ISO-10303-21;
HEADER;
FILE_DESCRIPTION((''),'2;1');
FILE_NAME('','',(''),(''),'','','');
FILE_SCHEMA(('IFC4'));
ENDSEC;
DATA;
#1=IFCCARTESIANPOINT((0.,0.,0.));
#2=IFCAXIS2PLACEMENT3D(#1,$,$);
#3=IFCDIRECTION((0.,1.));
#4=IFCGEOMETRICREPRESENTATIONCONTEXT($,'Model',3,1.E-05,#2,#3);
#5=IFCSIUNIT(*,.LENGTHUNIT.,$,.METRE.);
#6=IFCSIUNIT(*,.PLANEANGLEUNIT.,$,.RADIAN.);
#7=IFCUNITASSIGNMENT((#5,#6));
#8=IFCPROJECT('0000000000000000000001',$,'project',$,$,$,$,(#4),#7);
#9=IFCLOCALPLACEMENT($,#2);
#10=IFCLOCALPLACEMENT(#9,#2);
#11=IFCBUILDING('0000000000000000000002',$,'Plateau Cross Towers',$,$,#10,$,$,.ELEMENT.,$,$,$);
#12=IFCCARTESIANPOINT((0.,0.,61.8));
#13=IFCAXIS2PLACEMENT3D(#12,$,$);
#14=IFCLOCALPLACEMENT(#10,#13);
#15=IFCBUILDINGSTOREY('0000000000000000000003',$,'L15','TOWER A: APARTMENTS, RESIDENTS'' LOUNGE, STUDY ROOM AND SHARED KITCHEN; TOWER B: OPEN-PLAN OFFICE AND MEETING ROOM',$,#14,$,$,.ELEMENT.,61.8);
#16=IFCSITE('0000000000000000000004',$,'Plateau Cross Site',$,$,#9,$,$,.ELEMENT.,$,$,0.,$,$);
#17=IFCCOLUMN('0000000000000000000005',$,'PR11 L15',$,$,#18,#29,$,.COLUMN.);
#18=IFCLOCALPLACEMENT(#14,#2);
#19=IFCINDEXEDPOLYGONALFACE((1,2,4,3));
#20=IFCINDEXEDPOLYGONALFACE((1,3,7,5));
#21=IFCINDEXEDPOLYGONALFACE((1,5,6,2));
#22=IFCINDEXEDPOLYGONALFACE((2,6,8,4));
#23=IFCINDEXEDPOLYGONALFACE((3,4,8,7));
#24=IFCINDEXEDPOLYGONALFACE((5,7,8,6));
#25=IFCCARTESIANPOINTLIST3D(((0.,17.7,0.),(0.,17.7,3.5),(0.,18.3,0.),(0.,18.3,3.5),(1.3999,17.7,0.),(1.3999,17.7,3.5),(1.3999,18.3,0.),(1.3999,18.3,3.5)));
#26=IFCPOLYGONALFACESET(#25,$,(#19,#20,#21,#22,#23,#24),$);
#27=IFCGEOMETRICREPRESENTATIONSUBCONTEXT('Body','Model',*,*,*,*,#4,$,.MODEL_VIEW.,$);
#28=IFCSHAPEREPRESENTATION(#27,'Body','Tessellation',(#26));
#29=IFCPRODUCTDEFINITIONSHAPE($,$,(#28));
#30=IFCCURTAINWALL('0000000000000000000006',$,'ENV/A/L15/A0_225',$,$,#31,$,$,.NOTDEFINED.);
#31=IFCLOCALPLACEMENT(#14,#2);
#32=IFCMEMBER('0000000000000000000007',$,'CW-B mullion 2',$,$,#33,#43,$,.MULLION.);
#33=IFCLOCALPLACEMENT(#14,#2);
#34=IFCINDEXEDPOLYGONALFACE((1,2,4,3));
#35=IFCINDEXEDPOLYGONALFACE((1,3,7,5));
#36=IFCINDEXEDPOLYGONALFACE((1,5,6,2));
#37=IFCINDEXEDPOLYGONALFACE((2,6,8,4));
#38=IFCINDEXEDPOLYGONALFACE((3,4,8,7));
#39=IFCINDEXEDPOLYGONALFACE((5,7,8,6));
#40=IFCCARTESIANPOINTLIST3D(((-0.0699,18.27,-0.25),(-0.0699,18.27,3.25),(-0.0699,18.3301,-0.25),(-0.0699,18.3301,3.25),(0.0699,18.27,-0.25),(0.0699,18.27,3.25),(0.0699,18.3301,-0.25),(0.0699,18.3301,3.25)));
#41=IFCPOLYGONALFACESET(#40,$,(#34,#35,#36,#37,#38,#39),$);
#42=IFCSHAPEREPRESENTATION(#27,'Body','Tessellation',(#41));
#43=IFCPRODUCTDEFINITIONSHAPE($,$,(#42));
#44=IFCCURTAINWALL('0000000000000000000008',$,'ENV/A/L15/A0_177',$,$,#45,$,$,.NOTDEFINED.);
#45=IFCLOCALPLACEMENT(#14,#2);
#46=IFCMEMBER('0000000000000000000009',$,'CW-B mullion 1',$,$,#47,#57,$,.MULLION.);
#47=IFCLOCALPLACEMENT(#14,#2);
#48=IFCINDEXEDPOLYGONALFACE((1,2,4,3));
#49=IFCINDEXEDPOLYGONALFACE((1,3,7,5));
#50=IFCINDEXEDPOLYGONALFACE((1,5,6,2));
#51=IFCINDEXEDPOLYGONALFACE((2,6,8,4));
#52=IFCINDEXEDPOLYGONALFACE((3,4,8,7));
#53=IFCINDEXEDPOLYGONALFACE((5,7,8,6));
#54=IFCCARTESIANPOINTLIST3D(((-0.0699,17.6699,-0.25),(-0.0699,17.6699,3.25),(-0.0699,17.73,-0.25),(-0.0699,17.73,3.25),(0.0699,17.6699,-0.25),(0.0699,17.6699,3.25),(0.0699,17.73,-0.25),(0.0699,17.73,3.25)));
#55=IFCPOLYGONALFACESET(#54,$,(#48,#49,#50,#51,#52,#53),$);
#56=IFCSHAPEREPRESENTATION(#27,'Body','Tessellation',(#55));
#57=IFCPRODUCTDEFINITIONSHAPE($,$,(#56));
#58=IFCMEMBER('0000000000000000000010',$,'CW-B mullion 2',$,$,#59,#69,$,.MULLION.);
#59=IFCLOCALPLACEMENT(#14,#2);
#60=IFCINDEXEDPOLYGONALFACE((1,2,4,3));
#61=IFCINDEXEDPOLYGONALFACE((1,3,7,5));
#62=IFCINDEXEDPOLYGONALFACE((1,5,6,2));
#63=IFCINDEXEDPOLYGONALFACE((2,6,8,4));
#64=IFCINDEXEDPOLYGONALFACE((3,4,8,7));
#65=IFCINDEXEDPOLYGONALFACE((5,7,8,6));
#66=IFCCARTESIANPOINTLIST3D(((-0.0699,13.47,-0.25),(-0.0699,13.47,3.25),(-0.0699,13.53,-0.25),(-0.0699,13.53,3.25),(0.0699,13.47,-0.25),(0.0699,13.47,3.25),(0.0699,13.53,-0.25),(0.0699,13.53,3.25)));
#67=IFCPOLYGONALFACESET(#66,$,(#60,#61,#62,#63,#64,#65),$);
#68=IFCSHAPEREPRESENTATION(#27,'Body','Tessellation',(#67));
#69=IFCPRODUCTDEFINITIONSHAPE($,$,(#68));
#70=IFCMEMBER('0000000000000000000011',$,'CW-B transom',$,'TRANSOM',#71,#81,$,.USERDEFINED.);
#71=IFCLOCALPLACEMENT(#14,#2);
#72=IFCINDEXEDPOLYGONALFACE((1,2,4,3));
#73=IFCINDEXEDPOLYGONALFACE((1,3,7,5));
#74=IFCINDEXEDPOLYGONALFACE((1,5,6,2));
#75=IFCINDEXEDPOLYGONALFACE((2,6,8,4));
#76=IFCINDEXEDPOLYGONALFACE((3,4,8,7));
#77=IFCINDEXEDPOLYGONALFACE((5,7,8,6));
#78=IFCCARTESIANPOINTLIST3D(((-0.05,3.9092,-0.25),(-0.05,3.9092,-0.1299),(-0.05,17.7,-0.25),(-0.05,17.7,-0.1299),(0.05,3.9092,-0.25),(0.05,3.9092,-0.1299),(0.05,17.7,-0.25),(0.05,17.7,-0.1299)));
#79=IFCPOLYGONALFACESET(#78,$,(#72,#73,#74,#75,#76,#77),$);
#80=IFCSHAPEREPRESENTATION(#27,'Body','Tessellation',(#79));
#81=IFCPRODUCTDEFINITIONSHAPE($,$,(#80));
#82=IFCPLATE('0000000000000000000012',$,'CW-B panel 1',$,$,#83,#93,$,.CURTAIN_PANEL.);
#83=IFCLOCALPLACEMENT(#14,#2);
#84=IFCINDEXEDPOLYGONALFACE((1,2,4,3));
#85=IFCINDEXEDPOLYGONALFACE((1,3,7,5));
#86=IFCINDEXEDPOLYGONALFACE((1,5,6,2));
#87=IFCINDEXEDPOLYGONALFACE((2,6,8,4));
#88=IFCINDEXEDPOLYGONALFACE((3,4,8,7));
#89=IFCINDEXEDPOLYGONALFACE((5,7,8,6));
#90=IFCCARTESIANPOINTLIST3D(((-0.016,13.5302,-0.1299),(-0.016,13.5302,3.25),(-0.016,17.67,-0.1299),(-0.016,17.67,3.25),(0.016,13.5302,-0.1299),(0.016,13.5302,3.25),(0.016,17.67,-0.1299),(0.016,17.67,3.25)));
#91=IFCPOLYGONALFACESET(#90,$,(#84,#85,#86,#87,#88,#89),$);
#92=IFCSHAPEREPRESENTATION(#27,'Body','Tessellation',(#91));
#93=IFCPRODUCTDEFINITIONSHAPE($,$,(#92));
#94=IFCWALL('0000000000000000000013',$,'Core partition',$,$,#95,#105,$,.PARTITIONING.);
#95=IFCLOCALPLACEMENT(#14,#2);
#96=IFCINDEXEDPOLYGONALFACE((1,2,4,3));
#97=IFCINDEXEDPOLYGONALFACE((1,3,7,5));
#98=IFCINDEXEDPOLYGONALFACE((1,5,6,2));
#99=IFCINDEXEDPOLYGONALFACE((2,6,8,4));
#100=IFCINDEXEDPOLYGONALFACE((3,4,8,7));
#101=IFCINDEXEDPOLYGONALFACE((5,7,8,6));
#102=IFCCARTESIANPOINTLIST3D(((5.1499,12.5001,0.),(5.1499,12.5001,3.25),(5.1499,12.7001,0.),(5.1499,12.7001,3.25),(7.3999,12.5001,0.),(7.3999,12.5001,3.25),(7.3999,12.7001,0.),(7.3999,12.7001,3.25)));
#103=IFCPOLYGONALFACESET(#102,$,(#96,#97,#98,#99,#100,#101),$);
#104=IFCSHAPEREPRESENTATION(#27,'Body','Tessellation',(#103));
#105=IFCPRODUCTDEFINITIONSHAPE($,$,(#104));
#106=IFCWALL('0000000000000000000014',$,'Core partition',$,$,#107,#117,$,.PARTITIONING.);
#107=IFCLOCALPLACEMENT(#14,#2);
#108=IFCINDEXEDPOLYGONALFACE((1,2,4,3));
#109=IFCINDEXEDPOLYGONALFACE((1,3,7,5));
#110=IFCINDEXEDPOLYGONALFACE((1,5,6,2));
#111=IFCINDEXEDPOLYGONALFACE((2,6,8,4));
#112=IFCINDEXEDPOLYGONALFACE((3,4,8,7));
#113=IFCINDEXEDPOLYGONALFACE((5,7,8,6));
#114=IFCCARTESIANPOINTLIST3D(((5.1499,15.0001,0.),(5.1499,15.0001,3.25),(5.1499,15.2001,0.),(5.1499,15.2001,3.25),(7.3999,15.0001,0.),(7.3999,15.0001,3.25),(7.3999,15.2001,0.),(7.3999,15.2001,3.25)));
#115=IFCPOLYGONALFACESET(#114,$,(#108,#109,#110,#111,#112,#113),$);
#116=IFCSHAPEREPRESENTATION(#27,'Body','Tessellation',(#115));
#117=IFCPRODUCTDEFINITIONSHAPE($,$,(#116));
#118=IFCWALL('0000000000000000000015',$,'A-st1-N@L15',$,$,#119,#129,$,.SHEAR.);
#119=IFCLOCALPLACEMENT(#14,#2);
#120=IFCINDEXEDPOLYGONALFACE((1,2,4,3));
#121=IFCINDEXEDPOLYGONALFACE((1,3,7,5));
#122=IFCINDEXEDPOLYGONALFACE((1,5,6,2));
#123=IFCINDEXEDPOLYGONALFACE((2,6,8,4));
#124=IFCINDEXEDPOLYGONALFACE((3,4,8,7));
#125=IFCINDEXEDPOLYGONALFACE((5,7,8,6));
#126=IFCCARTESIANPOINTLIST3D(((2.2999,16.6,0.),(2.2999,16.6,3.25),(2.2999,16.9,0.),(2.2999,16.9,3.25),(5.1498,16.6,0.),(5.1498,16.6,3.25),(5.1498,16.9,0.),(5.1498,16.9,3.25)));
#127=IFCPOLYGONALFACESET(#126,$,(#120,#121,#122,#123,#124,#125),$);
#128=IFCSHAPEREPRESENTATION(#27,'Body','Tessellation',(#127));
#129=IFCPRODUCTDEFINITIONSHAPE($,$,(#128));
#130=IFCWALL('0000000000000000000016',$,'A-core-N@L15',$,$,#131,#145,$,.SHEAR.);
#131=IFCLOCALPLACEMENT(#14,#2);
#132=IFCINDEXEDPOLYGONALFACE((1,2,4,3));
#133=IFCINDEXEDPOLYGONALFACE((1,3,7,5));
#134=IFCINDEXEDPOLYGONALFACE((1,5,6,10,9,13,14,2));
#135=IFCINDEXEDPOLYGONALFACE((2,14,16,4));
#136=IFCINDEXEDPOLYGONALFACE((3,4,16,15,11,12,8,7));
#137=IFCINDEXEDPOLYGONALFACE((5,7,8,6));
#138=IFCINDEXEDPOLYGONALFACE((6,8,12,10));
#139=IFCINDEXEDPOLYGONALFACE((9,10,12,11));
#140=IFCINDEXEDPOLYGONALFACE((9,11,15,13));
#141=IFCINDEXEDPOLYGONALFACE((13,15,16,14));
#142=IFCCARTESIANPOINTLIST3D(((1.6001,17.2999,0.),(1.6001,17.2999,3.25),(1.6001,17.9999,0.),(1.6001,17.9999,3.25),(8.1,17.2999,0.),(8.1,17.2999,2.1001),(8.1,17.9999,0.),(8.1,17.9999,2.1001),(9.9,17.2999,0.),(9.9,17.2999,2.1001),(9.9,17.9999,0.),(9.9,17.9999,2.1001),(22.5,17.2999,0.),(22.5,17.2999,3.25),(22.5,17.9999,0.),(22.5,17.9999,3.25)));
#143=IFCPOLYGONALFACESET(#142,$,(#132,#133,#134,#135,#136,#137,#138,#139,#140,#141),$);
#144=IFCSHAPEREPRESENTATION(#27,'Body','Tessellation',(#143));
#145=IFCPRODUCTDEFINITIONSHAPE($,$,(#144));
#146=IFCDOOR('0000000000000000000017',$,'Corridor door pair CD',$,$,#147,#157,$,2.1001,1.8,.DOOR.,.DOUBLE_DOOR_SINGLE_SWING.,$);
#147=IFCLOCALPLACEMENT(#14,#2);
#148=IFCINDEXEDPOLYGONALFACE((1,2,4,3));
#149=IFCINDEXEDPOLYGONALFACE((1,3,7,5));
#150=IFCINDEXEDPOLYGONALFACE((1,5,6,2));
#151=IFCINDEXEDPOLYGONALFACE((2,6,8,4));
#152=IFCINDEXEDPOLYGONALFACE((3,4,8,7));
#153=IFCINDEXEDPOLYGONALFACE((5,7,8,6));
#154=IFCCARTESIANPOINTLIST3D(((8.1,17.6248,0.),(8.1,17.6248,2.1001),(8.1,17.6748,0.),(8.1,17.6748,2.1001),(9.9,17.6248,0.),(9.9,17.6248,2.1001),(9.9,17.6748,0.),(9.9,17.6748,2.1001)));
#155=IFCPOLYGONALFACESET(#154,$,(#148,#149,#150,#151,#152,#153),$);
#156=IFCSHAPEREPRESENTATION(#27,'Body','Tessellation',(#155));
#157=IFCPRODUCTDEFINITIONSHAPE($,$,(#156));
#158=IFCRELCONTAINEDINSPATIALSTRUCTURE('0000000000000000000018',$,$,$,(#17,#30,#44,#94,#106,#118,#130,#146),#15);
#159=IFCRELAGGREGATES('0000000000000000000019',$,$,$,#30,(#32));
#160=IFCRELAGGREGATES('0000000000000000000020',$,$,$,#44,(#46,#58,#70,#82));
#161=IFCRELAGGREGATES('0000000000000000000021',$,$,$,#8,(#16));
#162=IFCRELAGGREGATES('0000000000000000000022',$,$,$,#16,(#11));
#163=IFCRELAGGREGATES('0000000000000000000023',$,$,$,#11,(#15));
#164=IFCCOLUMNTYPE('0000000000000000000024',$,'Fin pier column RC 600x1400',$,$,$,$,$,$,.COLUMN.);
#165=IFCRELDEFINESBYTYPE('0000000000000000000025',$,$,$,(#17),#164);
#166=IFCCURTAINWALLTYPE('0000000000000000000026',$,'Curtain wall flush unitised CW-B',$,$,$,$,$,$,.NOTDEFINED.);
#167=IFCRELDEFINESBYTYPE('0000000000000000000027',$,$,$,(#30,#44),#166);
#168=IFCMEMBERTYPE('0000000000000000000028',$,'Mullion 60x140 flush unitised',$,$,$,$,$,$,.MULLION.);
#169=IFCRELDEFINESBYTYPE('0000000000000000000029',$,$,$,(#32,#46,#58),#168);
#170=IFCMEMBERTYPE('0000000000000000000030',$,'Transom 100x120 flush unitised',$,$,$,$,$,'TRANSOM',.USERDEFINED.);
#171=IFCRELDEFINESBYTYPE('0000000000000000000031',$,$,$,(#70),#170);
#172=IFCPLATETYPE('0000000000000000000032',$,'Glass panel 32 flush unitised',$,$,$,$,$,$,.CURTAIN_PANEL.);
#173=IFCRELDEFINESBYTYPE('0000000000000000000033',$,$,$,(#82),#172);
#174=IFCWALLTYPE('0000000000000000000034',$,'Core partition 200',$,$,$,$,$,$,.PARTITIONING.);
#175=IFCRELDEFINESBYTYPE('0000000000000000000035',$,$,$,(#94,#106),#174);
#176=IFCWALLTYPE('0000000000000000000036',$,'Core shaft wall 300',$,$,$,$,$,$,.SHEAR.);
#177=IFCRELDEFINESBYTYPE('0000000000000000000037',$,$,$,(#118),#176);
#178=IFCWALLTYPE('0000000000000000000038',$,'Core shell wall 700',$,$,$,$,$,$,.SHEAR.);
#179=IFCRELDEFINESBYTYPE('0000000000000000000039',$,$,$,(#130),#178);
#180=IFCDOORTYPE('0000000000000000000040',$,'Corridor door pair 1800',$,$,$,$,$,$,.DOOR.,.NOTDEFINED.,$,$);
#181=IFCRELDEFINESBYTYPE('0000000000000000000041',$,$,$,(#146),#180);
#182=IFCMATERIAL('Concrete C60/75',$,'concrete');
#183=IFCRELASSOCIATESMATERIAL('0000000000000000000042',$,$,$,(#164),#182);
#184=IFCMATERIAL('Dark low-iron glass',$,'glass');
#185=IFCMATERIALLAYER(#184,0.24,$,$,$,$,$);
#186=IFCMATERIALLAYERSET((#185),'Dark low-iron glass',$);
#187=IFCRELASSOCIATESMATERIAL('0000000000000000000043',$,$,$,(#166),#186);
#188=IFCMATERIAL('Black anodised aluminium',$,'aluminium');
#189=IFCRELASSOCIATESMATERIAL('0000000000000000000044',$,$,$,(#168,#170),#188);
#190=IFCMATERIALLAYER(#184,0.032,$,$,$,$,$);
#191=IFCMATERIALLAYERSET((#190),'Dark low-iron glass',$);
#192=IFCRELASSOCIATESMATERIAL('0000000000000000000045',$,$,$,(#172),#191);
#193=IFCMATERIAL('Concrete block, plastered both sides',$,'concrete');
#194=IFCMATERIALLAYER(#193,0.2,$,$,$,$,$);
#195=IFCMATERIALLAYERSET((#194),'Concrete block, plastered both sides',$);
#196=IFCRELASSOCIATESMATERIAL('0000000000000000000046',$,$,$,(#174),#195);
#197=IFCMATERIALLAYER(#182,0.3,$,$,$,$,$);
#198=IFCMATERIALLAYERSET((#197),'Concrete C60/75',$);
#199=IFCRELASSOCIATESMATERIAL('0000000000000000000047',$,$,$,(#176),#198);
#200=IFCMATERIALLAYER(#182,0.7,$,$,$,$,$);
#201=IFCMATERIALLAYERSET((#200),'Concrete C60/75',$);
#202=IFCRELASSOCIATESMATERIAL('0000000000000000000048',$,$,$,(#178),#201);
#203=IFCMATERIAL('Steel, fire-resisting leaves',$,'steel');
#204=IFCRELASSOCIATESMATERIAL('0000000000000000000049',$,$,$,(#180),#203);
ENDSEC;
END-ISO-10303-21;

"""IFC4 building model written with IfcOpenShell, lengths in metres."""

from ifc_helpers import new_model, si_unit, direction, frame, frame_2d, origin, origin_2d, place, context, subcontext, project, spatial, rectangle, extrude, material, layer, layer_set, material_profile, profile_set, type_object, element, fill, aggregate, save


model = new_model("IFC4")

# Units and contexts
model_context = context("Model", 3, precision=1e-05, world=origin(), true_north=direction((0.0, 1.0)))
body_context = subcontext(model_context, "Body", "Model", "MODEL_VIEW")
ifc_project = project(units=[si_unit("LENGTHUNIT", "METRE"), si_unit("PLANEANGLEUNIT", "RADIAN")], contexts=[model_context])

# Site, building, storey
site_placement = place(None, origin())
site = spatial("IfcSite", under=ifc_project, at=site_placement, Name="Plateau Cross Site", CompositionType="ELEMENT", RefElevation=0.0)
building_placement = place(site_placement, origin())
building = spatial("IfcBuilding", under=site, at=building_placement, Name="Plateau Cross Towers", CompositionType="ELEMENT")
storey_placement = place(building_placement, frame((0.0, 0.0, 61.8)))
storey = spatial("IfcBuildingStorey", under=building, at=storey_placement, Name="L15", Description="TOWER A: APARTMENTS, RESIDENTS' LOUNGE, STUDY ROOM AND SHARED KITCHEN; TOWER B: OPEN-PLAN OFFICE AND MEETING ROOM", CompositionType="ELEMENT", Elevation=61.8)

# Column
ifc_material_1 = material(Name="Concrete C60/75", Category="concrete")
ifc_material_profile_1 = material_profile(ifc_material_1, rectangle(XDim=0.6001, YDim=1.3999, at=origin_2d()), Name="RC 600x1400")
ifc_profile_set_1 = profile_set([ifc_material_profile_1], Name="Concrete C60/75")
column_type = type_object("IfcColumnType", Name="Fin pier column RC 600x1400", PredefinedType="COLUMN", material=ifc_profile_set_1)
column_placement = place(storey_placement, frame((0.7, 18.0, 0.0), z_axis=(0.0, 0.0, 1.0), x_axis=(0.0, 1.0, 0.0)))
element("IfcColumn", 1, at=column_placement, inside=storey, type_object=column_type, Name="PR11 L15", PredefinedType="COLUMN", context=body_context, shape_type="SweptSolid", body=[
    extrude(rectangle(XDim=0.6001, YDim=1.3999, at=origin_2d()), origin(), (0.0, 0.0, 1.0), 3.5),
])

# Curtain wall, member
ifc_material_2 = material(Name="Dark low-iron glass", Category="glass")
ifc_layer_1 = layer(ifc_material_2, 0.24)
ifc_layer_set_1 = layer_set([ifc_layer_1], Name="Dark low-iron glass")
curtain_wall_type = type_object("IfcCurtainWallType", Name="Curtain wall flush unitised CW-B", PredefinedType="NOTDEFINED", material=ifc_layer_set_1)
curtain_wall_1_placement = place(storey_placement, origin())
curtain_wall_1 = element("IfcCurtainWall", 2, at=curtain_wall_1_placement, inside=storey, type_object=curtain_wall_type, Name="ENV/A/L15/A0_225", PredefinedType="NOTDEFINED")
ifc_material_3 = material(Name="Black anodised aluminium", Category="aluminium")
ifc_material_profile_2 = material_profile(ifc_material_3, rectangle(XDim=0.0601, YDim=0.1399, at=origin_2d()), Name="MULLION 60x140")
ifc_profile_set_2 = profile_set([ifc_material_profile_2], Name="Black anodised aluminium")
member_type_1 = type_object("IfcMemberType", Name="Mullion 60x140 flush unitised", PredefinedType="MULLION", material=ifc_profile_set_2)
member_1_placement = place(storey_placement, frame((0.0, 18.3, -0.25), z_axis=(0.0, 0.0, 1.0), x_axis=(0.0, -1.0, 0.0)))
member_1 = element("IfcMember", 3, at=member_1_placement, type_object=member_type_1, Name="CW-B mullion 2", PredefinedType="MULLION", context=body_context, shape_type="SweptSolid", body=[
    extrude(rectangle(XDim=0.0601, YDim=0.1399, at=origin_2d()), origin(), (0.0, 0.0, 1.0), 3.5),
])
aggregate(curtain_wall_1, [member_1])

# Curtain wall, members, plate
curtain_wall_2_placement = place(storey_placement, origin())
curtain_wall_2 = element("IfcCurtainWall", 4, at=curtain_wall_2_placement, inside=storey, type_object=curtain_wall_type, Name="ENV/A/L15/A0_177", PredefinedType="NOTDEFINED")
member_2_placement = place(storey_placement, frame((0.0, 17.7, -0.25), z_axis=(0.0, 0.0, 1.0), x_axis=(0.0, -1.0, 0.0)))
member_2 = element("IfcMember", 5, at=member_2_placement, type_object=member_type_1, Name="CW-B mullion 1", PredefinedType="MULLION", context=body_context, shape_type="SweptSolid", body=[
    extrude(rectangle(XDim=0.0601, YDim=0.1399, at=origin_2d()), origin(), (0.0, 0.0, 1.0), 3.5),
])
member_3_placement = place(storey_placement, frame((0.0, 13.5, -0.25), z_axis=(0.0, 0.0, 1.0), x_axis=(0.0, -1.0, 0.0)))
member_3 = element("IfcMember", 6, at=member_3_placement, type_object=member_type_1, Name="CW-B mullion 2", PredefinedType="MULLION", context=body_context, shape_type="SweptSolid", body=[
    extrude(rectangle(XDim=0.0601, YDim=0.1399, at=origin_2d()), origin(), (0.0, 0.0, 1.0), 3.5),
])
ifc_material_profile_3 = material_profile(ifc_material_3, rectangle(XDim=0.1001, YDim=0.1201, at=origin_2d()), Name="TRANSOM 100x120")
ifc_profile_set_3 = profile_set([ifc_material_profile_3], Name="Black anodised aluminium")
member_type_2 = type_object("IfcMemberType", Name="Transom 100x120 flush unitised", ElementType="TRANSOM", PredefinedType="USERDEFINED", material=ifc_profile_set_3)
member_4_placement = place(storey_placement, frame((0.0, 17.7, -0.1899), z_axis=(0.0, -1.0, 0.0), x_axis=(1.0, 0.0, 0.0)))
member_4 = element("IfcMember", 7, at=member_4_placement, type_object=member_type_2, Name="CW-B transom", ObjectType="TRANSOM", PredefinedType="USERDEFINED", context=body_context, shape_type="SweptSolid", body=[
    extrude(rectangle(XDim=0.1001, YDim=0.1201, at=origin_2d()), origin(), (0.0, 0.0, 1.0), 13.7908),
])
ifc_layer_2 = layer(ifc_material_2, 0.032)
ifc_layer_set_2 = layer_set([ifc_layer_2], Name="Dark low-iron glass")
plate_type = type_object("IfcPlateType", Name="Glass panel 32 flush unitised", PredefinedType="CURTAIN_PANEL", material=ifc_layer_set_2)
plate_placement = place(storey_placement, frame((0.0, 15.6001, -0.1299), z_axis=(0.0, 0.0, 1.0), x_axis=(0.0, -1.0, 0.0)))
plate = element("IfcPlate", 8, at=plate_placement, type_object=plate_type, Name="CW-B panel 1", PredefinedType="CURTAIN_PANEL", context=body_context, shape_type="SweptSolid", body=[
    extrude(rectangle(XDim=4.1399, YDim=0.032, at=origin_2d()), origin(), (0.0, 0.0, 1.0), 3.3799),
])
aggregate(curtain_wall_2, [member_2, member_3, member_4, plate])

# Walls
ifc_material_4 = material(Name="Concrete block, plastered both sides", Category="concrete")
ifc_layer_3 = layer(ifc_material_4, 0.2)
ifc_layer_set_3 = layer_set([ifc_layer_3], Name="Concrete block, plastered both sides")
wall_type_1 = type_object("IfcWallType", Name="Core partition 200", PredefinedType="PARTITIONING", material=ifc_layer_set_3)
for number, where, z_axis, x_axis, name in (
    (9, (5.1499, 12.6001, 0.0), (0.0, 0.0, 1.0), (1.0, 0.0, 0.0), "Core partition"),
    (10, (5.1499, 15.1001, 0.0), (0.0, 0.0, 1.0), (1.0, 0.0, 0.0), "Core partition"),
):
    element("IfcWall", number, at=place(storey_placement, frame(where, z_axis=z_axis, x_axis=x_axis)), inside=storey, type_object=wall_type_1, Name=name, PredefinedType="PARTITIONING", context=body_context, shape_type="SweptSolid", body=[
        extrude(rectangle(XDim=2.25, YDim=0.2, at=frame_2d((1.125, 0.0))), origin(), (0.0, 0.0, 1.0), 3.25),
    ])
ifc_layer_4 = layer(ifc_material_1, 0.3)
ifc_layer_set_4 = layer_set([ifc_layer_4], Name="Concrete C60/75")
wall_type_2 = type_object("IfcWallType", Name="Core shaft wall 300", PredefinedType="SHEAR", material=ifc_layer_set_4)
wall_1_placement = place(storey_placement, frame((2.3, 16.75, 0.0), z_axis=(0.0, 0.0, 1.0), x_axis=(1.0, 0.0, 0.0)))
element("IfcWall", 11, at=wall_1_placement, inside=storey, type_object=wall_type_2, Name="A-st1-N@L15", PredefinedType="SHEAR", context=body_context, shape_type="SweptSolid", body=[
    extrude(rectangle(XDim=2.8499, YDim=0.3, at=frame_2d((1.4248, 0.0))), origin(), (0.0, 0.0, 1.0), 3.25),
])

# Wall, opening, door
ifc_layer_5 = layer(ifc_material_1, 0.7)
ifc_layer_set_5 = layer_set([ifc_layer_5], Name="Concrete C60/75")
wall_type_3 = type_object("IfcWallType", Name="Core shell wall 700", PredefinedType="SHEAR", material=ifc_layer_set_5)
wall_2_placement = place(storey_placement, frame((1.6001, 17.6499, 0.0), z_axis=(0.0, 0.0, 1.0), x_axis=(1.0, 0.0, 0.0)))
wall_2 = element("IfcWall", 12, at=wall_2_placement, inside=storey, type_object=wall_type_3, Name="A-core-N@L15", PredefinedType="SHEAR", context=body_context, shape_type="SweptSolid", body=[
    extrude(rectangle(XDim=20.8999, YDim=0.7, at=frame_2d((10.45, 0.0))), origin(), (0.0, 0.0, 1.0), 3.25),
])
opening_placement = place(wall_2_placement, frame((6.5, 0.0, 0.0)))
opening = element("IfcOpeningElement", 13, at=opening_placement, cuts=wall_2, PredefinedType="OPENING", context=body_context, shape_type="SweptSolid", body=[
    extrude(rectangle(XDim=1.8, YDim=2.1001, at=frame_2d((0.8999, 1.05))), frame((0.0, 0.3599, 0.0), z_axis=(0.0, -1.0, 0.0), x_axis=(1.0, 0.0, 0.0)), (0.0, 0.0, 1.0), 0.72),
])
ifc_material_5 = material(Name="Steel, fire-resisting leaves", Category="steel")
door_type = type_object("IfcDoorType", Name="Corridor door pair 1800", OperationType="NOTDEFINED", PredefinedType="DOOR", material=ifc_material_5)
door_placement = place(opening_placement, origin())
door = element("IfcDoor", 14, at=door_placement, inside=storey, type_object=door_type, Name="Corridor door pair CD", OperationType="DOUBLE_DOOR_SINGLE_SWING", OverallHeight=2.1001, OverallWidth=1.8, PredefinedType="DOOR", context=body_context, shape_type="SweptSolid", body=[
    extrude(rectangle(XDim=1.8, YDim=2.1001, at=frame_2d((0.8999, 1.05))), frame((0.0, 0.0249, 0.0), z_axis=(0.0, -1.0, 0.0), x_axis=(1.0, 0.0, 0.0)), (0.0, 0.0, 1.0), 0.05),
])
fill(opening, door)

save(model, "model.ifc")
